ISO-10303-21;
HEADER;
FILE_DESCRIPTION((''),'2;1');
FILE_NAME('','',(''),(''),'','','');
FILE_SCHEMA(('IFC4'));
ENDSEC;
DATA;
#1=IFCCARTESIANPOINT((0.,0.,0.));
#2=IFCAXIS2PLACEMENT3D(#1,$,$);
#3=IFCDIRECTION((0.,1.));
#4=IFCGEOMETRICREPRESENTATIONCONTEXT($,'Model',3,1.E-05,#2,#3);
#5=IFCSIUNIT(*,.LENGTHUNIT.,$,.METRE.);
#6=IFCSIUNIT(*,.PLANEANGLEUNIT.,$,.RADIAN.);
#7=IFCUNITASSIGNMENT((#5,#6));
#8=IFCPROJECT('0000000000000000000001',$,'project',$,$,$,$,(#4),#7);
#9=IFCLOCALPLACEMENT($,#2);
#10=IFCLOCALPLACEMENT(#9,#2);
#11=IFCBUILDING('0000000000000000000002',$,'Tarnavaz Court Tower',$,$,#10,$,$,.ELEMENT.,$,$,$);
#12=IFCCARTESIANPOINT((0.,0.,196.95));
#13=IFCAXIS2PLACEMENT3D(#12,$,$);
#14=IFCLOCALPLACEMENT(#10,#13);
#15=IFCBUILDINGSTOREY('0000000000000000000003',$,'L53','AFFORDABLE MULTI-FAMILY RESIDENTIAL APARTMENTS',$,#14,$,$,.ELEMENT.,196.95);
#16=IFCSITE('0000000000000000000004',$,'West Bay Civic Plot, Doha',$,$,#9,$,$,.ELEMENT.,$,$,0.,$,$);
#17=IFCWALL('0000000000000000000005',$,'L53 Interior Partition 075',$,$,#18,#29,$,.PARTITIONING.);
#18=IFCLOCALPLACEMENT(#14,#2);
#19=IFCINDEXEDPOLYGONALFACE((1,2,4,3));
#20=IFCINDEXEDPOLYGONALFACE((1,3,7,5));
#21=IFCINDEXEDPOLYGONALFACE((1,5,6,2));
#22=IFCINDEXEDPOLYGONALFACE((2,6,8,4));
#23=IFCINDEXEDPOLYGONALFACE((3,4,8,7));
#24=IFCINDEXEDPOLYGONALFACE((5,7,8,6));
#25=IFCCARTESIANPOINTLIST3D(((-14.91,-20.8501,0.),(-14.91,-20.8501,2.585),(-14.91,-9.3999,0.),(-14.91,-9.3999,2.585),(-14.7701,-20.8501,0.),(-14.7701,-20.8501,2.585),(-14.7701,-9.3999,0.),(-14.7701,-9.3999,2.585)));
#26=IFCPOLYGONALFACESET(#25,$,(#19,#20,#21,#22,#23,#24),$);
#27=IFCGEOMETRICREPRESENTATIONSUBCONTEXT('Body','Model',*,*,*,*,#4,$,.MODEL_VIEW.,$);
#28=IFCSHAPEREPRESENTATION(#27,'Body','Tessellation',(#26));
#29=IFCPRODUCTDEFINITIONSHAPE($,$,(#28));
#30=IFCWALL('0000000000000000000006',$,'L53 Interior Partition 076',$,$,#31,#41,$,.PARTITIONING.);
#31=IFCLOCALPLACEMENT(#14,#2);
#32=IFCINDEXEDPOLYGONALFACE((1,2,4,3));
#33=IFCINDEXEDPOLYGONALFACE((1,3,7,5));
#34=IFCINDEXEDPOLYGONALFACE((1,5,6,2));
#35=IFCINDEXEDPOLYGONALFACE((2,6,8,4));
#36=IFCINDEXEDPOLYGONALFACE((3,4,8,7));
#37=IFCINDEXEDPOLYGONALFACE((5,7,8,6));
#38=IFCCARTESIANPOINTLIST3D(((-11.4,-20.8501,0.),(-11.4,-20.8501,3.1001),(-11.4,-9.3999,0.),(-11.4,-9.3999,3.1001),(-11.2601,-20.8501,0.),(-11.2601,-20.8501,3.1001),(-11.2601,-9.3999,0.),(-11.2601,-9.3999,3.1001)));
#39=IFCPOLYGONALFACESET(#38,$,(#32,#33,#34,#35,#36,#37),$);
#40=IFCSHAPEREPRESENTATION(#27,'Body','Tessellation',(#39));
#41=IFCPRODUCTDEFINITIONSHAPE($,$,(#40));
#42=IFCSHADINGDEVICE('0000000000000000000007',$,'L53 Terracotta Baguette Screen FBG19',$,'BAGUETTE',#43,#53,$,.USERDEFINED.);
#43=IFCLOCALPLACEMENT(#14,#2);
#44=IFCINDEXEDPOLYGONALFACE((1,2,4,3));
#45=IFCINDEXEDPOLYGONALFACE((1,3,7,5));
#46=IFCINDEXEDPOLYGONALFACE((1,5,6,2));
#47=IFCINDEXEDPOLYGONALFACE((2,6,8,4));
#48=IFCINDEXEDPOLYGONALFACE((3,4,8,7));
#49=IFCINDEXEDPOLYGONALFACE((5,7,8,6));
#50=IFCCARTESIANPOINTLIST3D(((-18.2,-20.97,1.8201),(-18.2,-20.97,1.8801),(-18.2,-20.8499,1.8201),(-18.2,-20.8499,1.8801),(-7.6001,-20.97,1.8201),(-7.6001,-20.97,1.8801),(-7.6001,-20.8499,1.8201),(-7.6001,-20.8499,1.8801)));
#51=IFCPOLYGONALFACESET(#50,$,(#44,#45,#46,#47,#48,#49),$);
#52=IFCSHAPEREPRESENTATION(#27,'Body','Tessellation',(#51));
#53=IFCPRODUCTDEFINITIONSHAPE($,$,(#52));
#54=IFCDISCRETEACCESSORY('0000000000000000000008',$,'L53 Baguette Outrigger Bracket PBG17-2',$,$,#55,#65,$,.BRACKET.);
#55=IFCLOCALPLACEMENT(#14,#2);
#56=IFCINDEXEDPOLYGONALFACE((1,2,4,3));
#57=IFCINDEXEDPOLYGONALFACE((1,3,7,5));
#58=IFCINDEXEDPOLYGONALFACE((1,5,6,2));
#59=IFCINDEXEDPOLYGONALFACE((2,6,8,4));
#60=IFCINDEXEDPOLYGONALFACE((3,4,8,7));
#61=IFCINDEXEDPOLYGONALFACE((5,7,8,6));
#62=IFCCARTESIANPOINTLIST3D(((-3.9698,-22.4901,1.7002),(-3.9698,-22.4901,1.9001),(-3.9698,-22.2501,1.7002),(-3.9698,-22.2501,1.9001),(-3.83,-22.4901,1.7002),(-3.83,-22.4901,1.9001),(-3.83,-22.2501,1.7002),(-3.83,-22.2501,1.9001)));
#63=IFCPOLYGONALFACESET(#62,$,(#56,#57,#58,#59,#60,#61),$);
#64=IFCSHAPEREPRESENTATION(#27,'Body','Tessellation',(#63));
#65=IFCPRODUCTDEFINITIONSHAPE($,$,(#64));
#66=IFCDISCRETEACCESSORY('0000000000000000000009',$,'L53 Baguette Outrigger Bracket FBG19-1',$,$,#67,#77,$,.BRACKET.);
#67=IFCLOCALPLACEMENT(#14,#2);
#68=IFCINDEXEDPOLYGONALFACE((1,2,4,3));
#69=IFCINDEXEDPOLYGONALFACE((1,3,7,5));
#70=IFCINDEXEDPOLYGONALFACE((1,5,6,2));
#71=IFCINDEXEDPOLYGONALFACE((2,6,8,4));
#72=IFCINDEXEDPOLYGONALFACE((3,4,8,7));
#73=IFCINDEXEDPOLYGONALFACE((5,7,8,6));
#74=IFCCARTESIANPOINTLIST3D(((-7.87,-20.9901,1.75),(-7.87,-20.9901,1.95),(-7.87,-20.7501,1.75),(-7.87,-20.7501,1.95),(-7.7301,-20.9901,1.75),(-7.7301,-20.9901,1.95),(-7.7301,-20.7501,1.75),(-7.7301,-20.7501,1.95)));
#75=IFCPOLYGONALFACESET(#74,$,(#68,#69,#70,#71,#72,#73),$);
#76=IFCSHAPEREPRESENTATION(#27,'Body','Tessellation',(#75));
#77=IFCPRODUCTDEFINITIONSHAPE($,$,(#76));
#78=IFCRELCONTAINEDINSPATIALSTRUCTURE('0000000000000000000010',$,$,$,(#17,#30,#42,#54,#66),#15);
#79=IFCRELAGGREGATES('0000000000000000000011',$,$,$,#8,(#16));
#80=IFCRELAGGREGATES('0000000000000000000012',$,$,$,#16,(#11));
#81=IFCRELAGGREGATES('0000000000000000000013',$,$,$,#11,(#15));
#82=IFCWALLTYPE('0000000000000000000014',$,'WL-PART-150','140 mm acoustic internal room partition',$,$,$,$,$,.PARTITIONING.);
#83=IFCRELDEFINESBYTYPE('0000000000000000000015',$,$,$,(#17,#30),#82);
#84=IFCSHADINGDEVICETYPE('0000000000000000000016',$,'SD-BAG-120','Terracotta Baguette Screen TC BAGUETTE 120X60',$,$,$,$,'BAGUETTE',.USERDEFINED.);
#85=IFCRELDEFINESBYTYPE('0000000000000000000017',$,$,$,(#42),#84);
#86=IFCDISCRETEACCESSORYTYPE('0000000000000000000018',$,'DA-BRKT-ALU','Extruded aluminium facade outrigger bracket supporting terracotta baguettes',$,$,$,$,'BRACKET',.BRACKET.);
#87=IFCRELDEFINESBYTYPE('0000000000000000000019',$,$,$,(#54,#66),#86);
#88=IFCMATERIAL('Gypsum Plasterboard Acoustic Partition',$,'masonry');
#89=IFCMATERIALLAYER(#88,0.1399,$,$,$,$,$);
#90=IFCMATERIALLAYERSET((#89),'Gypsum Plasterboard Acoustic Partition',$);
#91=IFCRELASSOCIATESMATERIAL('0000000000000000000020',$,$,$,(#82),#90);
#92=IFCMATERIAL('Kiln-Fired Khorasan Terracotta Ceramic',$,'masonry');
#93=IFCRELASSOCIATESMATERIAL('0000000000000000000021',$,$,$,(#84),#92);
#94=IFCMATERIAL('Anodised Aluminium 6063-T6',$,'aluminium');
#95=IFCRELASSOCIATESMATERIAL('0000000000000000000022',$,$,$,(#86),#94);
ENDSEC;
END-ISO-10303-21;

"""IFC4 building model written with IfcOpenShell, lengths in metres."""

from ifc_helpers import new_model, si_unit, direction, frame, frame_2d, origin, origin_2d, place, context, subcontext, project, spatial, rectangle, extrude, material, layer, layer_set, material_profile, profile_set, type_object, element, save


model = new_model("IFC4")

# Units and contexts
model_context = context("Model", 3, precision=1e-05, world=origin(), true_north=direction((0.0, 1.0)))
body_context = subcontext(model_context, "Body", "Model", "MODEL_VIEW")
ifc_project = project(units=[si_unit("LENGTHUNIT", "METRE"), si_unit("PLANEANGLEUNIT", "RADIAN")], contexts=[model_context])

# Site, building, storey
site_placement = place(None, origin())
site = spatial("IfcSite", under=ifc_project, at=site_placement, Name="West Bay Civic Plot, Doha", CompositionType="ELEMENT", RefElevation=0.0)
building_placement = place(site_placement, origin())
building = spatial("IfcBuilding", under=site, at=building_placement, Name="Tarnavaz Court Tower", CompositionType="ELEMENT")
storey_placement = place(building_placement, frame((0.0, 0.0, 196.95)))
storey = spatial("IfcBuildingStorey", under=building, at=storey_placement, Name="L53", Description="AFFORDABLE MULTI-FAMILY RESIDENTIAL APARTMENTS", CompositionType="ELEMENT", Elevation=196.95)

# Shared definitions
ifc_material_1 = material(Name="Anodised Aluminium 6063-T6", Category="aluminium")

# Walls
ifc_material_2 = material(Name="Gypsum Plasterboard Acoustic Partition", Category="masonry")
ifc_layer_1 = layer(ifc_material_2, 0.1399)
ifc_layer_set_1 = layer_set([ifc_layer_1], Name="Gypsum Plasterboard Acoustic Partition")
wall_type_1 = type_object("IfcWallType", Name="WL-PART-150", Description="140 mm acoustic internal room partition", PredefinedType="PARTITIONING", material=ifc_layer_set_1)
wall_1_placement = place(storey_placement, frame((-14.8401, -20.8501, 0.0), z_axis=(0.0, 0.0, 1.0), x_axis=(0.0, 1.0, 0.0)))
element("IfcWall", 1, at=wall_1_placement, inside=storey, type_object=wall_type_1, Name="L53 Interior Partition 075", PredefinedType="PARTITIONING", context=body_context, shape_type="SweptSolid", body=[
    extrude(rectangle(XDim=11.4502, YDim=0.1399, at=frame_2d((5.7251, 0.0))), origin(), (0.0, 0.0, 1.0), 2.585),
])
wall_2_placement = place(storey_placement, frame((-11.3301, -20.8501, 0.0), z_axis=(0.0, 0.0, 1.0), x_axis=(0.0, 1.0, 0.0)))
element("IfcWall", 2, at=wall_2_placement, inside=storey, type_object=wall_type_1, Name="L53 Interior Partition 076", PredefinedType="PARTITIONING", context=body_context, shape_type="SweptSolid", body=[
    extrude(rectangle(XDim=11.4502, YDim=0.1399, at=frame_2d((5.7251, 0.0))), origin(), (0.0, 0.0, 1.0), 3.1001),
])

# Shading device
ifc_material_3 = material(Name="Kiln-Fired Khorasan Terracotta Ceramic", Category="masonry")
ifc_material_profile_1 = material_profile(ifc_material_3, rectangle(XDim=0.1201, YDim=0.0601, at=origin_2d()), Name="TC BAGUETTE 120X60")
ifc_profile_set_1 = profile_set([ifc_material_profile_1], Name="Kiln-Fired Khorasan Terracotta Ceramic")
shading_device_type = type_object("IfcShadingDeviceType", Name="SD-BAG-120", Description="Terracotta Baguette Screen TC BAGUETTE 120X60", ElementType="BAGUETTE", PredefinedType="USERDEFINED", material=ifc_profile_set_1)
shading_device_placement = place(storey_placement, frame((-7.6001, -20.9099, 1.8501), z_axis=(-1.0, 0.0, 0.0), x_axis=(0.0, -1.0, 0.0)))
element("IfcShadingDevice", 3, at=shading_device_placement, inside=storey, type_object=shading_device_type, Name="L53 Terracotta Baguette Screen FBG19", ObjectType="BAGUETTE", PredefinedType="USERDEFINED", context=body_context, shape_type="SweptSolid", body=[
    extrude(rectangle(XDim=0.1201, YDim=0.0601, at=origin_2d()), origin(), (0.0, 0.0, 1.0), 10.5999),
])

# Discrete accessories
discrete_accessory_type = type_object("IfcDiscreteAccessoryType", Name="DA-BRKT-ALU", Description="Extruded aluminium facade outrigger bracket supporting terracotta baguettes", ElementType="BRACKET", PredefinedType="BRACKET", material=ifc_material_1)
for number, where, z_axis, x_axis, name in (
    (4, (-3.8999, -22.3701, 1.7002), (0.0, 0.0, 1.0), (-1.0, 0.0, 0.0), "L53 Baguette Outrigger Bracket PBG17-2"),
    (5, (-7.8, -20.8701, 1.75), (0.0, 0.0, 1.0), (-1.0, 0.0, 0.0), "L53 Baguette Outrigger Bracket FBG19-1"),
):
    element("IfcDiscreteAccessory", number, at=place(storey_placement, frame(where, z_axis=z_axis, x_axis=x_axis)), inside=storey, type_object=discrete_accessory_type, Name=name, PredefinedType="BRACKET", context=body_context, shape_type="SweptSolid", body=[
        extrude(rectangle(XDim=0.1399, YDim=0.24, at=origin_2d()), origin(), (0.0, 0.0, 1.0), 0.2),
    ])

save(model, "model.ifc")
